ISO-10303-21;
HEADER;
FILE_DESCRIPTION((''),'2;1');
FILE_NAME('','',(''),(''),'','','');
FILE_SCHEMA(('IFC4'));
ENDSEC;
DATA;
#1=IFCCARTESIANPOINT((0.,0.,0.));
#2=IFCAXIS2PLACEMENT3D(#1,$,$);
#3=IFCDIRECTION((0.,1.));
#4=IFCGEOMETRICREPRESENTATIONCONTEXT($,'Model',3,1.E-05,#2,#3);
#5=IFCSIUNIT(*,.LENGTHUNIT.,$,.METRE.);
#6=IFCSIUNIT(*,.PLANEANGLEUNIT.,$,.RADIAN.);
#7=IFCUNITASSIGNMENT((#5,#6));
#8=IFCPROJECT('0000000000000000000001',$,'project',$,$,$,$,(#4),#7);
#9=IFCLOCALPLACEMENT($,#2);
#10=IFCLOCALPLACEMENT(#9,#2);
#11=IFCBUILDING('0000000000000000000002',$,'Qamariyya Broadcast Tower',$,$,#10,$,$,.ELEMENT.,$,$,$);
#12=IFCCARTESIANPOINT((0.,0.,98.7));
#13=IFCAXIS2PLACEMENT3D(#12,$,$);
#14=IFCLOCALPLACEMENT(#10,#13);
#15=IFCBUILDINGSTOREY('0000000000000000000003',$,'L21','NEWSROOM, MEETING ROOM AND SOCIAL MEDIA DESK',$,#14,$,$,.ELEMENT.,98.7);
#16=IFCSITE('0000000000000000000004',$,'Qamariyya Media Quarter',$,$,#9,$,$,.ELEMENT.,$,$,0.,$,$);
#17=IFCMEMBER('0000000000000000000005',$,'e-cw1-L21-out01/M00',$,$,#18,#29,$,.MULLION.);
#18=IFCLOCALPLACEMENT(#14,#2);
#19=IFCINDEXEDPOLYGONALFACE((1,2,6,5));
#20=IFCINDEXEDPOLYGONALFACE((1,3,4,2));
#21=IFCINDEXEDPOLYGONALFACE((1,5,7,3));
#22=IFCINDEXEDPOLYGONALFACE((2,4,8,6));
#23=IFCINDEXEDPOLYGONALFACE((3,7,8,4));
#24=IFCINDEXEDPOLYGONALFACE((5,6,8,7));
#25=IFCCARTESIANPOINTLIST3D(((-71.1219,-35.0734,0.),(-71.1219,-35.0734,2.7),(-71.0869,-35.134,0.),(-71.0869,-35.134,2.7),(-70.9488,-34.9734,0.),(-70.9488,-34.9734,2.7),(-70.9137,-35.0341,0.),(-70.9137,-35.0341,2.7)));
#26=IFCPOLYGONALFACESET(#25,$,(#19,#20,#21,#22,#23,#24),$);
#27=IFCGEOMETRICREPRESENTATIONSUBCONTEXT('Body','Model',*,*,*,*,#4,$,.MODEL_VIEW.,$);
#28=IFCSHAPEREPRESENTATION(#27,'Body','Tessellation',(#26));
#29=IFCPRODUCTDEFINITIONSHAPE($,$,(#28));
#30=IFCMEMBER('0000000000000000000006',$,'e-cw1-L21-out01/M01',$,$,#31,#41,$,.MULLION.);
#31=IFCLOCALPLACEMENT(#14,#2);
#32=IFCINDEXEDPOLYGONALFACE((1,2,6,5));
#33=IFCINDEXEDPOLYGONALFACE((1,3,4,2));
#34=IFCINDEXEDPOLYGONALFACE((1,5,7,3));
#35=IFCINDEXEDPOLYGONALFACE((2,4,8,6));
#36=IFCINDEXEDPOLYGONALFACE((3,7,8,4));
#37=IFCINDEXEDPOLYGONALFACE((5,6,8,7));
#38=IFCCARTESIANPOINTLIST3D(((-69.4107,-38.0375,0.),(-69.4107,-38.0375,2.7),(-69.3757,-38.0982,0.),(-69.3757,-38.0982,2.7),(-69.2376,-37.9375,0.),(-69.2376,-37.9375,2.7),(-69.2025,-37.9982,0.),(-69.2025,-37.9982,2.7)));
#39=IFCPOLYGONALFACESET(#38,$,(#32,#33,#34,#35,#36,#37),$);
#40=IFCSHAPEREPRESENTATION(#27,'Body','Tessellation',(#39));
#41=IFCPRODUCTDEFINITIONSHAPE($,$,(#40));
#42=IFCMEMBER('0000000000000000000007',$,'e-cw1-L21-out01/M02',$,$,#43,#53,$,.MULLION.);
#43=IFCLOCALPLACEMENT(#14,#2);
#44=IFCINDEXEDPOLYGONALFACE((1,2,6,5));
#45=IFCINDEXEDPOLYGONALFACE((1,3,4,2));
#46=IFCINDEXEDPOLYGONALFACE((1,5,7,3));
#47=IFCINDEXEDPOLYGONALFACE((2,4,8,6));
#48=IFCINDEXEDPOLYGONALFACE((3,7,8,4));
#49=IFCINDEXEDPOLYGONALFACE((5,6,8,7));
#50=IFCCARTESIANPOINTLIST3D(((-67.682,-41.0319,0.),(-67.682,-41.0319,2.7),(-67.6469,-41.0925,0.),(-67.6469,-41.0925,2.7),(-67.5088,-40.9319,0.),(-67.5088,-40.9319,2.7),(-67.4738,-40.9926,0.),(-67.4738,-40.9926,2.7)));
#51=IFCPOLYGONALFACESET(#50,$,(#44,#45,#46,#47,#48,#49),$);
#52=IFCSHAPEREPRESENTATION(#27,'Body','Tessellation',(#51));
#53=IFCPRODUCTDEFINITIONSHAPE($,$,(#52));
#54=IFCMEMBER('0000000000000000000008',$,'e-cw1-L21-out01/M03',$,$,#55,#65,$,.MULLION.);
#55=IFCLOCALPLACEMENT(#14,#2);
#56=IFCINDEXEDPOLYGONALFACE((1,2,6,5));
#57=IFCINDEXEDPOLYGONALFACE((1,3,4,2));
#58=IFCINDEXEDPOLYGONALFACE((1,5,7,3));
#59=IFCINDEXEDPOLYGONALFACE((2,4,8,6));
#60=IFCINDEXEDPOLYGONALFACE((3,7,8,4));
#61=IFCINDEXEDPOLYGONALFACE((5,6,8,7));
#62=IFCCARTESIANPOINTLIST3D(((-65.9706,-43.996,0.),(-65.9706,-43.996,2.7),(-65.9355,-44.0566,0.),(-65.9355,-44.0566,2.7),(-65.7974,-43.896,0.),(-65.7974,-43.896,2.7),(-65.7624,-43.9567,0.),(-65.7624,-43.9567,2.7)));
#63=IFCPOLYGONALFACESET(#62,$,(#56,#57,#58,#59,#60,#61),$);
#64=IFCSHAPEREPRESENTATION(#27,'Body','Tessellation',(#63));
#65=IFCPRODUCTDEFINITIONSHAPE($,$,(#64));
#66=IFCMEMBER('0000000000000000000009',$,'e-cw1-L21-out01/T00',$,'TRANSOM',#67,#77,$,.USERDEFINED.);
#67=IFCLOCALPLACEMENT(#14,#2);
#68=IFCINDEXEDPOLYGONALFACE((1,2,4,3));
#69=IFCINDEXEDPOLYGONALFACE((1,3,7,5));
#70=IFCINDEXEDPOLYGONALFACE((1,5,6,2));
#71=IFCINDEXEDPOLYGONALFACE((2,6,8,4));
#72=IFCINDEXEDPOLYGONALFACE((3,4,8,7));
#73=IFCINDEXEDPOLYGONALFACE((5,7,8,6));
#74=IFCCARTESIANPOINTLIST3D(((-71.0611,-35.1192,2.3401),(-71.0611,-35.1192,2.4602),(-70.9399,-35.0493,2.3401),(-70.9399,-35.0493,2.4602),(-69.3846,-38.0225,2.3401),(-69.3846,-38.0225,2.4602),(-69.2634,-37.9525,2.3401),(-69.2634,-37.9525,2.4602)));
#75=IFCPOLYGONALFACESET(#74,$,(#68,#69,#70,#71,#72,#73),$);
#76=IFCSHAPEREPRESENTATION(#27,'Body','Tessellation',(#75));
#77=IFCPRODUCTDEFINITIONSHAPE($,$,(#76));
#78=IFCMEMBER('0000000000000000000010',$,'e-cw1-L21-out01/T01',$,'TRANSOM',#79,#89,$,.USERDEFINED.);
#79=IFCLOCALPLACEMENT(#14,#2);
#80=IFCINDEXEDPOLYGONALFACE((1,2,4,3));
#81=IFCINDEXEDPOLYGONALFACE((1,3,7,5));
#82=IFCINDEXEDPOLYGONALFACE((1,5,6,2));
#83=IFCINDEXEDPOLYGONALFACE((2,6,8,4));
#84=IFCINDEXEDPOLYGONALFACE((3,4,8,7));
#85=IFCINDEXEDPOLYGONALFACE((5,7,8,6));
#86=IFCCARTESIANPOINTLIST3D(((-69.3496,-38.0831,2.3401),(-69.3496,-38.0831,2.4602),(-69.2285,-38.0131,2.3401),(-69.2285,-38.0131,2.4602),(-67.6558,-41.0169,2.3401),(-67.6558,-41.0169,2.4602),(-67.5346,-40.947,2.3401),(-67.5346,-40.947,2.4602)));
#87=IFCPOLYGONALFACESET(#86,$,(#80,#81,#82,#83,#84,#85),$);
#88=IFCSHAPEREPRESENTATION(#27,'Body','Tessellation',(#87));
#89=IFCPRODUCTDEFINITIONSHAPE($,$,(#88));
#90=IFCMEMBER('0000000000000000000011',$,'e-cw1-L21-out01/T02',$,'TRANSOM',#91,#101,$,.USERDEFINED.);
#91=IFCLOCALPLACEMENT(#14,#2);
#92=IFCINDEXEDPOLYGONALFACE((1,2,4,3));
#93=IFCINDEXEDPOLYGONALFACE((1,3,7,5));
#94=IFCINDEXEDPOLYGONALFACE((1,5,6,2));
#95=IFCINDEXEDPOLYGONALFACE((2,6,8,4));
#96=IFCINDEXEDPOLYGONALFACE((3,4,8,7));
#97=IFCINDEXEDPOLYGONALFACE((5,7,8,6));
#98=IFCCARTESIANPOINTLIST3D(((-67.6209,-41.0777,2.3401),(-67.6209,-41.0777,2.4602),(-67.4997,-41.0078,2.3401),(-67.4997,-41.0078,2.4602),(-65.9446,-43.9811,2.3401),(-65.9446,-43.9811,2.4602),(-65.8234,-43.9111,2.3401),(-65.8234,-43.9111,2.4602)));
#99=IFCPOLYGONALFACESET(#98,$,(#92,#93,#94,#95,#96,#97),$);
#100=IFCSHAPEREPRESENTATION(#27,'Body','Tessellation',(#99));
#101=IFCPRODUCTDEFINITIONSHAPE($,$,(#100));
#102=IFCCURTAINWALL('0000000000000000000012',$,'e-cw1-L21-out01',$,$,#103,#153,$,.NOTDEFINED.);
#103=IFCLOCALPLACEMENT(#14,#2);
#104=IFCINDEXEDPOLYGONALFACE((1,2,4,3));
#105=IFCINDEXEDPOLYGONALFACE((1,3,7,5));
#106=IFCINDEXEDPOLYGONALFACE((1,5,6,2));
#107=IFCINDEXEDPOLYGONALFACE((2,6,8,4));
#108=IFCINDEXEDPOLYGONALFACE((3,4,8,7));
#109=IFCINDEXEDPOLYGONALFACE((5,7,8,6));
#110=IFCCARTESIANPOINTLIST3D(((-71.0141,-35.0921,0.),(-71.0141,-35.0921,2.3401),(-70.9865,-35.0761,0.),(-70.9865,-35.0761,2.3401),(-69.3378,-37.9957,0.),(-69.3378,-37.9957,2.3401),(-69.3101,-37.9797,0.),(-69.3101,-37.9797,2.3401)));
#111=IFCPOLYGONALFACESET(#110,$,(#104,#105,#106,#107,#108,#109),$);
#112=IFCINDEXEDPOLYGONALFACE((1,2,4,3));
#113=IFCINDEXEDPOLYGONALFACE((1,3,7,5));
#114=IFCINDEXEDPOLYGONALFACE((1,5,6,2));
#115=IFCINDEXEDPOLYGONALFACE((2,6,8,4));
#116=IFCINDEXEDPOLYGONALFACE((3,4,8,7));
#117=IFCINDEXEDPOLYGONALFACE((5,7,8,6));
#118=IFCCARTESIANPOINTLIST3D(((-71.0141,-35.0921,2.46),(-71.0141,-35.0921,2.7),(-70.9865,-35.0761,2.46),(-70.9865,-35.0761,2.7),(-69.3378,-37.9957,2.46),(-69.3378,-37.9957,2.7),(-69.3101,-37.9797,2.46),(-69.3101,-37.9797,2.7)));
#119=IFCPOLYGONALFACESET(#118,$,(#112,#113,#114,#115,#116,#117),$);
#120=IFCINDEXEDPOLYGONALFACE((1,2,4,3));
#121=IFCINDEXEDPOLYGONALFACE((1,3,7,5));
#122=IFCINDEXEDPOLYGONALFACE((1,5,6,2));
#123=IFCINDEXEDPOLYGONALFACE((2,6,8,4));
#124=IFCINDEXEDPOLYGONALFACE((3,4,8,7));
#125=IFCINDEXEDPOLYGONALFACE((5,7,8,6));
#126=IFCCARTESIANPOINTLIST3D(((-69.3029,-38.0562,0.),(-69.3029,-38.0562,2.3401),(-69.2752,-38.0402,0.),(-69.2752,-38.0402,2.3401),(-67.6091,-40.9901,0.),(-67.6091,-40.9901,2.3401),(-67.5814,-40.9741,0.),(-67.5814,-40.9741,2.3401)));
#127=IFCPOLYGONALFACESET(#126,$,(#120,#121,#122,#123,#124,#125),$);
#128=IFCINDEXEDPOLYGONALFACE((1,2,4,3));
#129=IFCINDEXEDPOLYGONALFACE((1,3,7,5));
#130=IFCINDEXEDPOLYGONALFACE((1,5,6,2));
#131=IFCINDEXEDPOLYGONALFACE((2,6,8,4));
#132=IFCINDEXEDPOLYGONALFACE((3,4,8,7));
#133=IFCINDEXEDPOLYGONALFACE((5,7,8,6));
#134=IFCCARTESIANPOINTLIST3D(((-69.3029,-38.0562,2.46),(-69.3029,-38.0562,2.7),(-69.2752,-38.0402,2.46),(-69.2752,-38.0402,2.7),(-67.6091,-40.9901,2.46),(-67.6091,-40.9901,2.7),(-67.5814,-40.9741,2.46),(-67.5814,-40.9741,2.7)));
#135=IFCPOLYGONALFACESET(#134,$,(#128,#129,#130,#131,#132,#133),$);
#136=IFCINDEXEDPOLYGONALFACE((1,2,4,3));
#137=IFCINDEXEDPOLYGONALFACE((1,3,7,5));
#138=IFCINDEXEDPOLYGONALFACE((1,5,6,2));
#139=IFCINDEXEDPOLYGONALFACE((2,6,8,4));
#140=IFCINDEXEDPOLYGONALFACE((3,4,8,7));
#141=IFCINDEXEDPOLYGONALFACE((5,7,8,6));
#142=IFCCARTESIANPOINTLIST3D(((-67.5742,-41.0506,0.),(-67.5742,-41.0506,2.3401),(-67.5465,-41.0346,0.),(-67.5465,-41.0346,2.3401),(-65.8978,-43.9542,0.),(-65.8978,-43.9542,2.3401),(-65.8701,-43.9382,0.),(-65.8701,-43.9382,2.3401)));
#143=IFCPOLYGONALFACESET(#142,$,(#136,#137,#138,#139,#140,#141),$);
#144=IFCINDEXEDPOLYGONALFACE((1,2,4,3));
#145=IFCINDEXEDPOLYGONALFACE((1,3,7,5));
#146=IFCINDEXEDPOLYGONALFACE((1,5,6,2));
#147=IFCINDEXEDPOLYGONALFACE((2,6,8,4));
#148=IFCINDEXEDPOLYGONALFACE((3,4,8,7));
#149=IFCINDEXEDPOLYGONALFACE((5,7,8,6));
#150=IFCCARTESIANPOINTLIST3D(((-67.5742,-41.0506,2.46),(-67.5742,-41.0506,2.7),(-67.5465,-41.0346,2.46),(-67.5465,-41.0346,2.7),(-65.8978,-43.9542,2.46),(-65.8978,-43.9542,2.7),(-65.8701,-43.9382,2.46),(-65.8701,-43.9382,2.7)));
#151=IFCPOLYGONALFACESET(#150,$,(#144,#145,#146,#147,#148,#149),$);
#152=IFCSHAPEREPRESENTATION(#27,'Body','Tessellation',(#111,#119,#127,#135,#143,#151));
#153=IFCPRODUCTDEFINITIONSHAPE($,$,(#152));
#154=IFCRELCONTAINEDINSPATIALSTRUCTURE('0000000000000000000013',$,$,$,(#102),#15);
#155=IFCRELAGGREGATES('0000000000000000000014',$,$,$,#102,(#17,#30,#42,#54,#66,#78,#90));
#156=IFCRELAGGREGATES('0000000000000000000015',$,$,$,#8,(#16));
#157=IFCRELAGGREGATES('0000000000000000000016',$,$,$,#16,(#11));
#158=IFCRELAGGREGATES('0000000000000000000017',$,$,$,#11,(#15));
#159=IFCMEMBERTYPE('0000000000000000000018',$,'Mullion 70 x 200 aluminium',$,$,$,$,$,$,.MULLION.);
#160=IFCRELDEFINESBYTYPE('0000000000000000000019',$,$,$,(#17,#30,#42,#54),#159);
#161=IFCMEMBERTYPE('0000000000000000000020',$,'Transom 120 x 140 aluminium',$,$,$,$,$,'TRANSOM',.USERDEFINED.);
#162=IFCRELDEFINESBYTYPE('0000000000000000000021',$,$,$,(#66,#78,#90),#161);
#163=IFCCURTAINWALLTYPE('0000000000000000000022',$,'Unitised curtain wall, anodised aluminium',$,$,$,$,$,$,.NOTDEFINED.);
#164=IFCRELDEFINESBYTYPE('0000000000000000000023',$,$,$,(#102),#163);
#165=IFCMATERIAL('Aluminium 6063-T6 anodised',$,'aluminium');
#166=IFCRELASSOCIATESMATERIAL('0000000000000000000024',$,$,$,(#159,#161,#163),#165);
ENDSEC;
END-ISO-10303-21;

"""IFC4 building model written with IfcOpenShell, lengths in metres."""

from ifc_helpers import new_model, si_unit, direction, frame, origin, origin_2d, place, context, subcontext, project, spatial, rectangle, extrude, material, material_profile, profile_set, type_object, element, aggregate, save


model = new_model("IFC4")

# Units and contexts
model_context = context("Model", 3, precision=1e-05, world=origin(), true_north=direction((0.0, 1.0)))
body_context = subcontext(model_context, "Body", "Model", "MODEL_VIEW")
ifc_project = project(units=[si_unit("LENGTHUNIT", "METRE"), si_unit("PLANEANGLEUNIT", "RADIAN")], contexts=[model_context])

# Members
ifc_material_1 = material(Name="Aluminium 6063-T6 anodised", Category="aluminium")
ifc_material_profile_1 = material_profile(ifc_material_1, rectangle(XDim=0.2, YDim=0.0701, at=origin_2d()))
ifc_profile_set_1 = profile_set([ifc_material_profile_1], Name="Aluminium 6063-T6 anodised")
member_type_1 = type_object("IfcMemberType", Name="Mullion 70 x 200 aluminium", PredefinedType="MULLION", material=ifc_profile_set_1)
site_placement = place(None, origin())
building_placement = place(site_placement, origin())
storey_placement = place(building_placement, frame((0.0, 0.0, 98.7)))
member_1_placement = place(storey_placement, frame((-71.0178, -35.0537, 0.0), z_axis=(0.0, 0.0, 1.0), x_axis=(0.866025, 0.5, 0.0)))
member_1 = element("IfcMember", 1, at=member_1_placement, type_object=member_type_1, Name="e-cw1-L21-out01/M00", PredefinedType="MULLION", context=body_context, shape_type="SweptSolid", body=[
    extrude(rectangle(XDim=0.2, YDim=0.0701, at=origin_2d()), origin(), (0.0, 0.0, 1.0), 2.7),
])
member_2_placement = place(storey_placement, frame((-69.3066, -38.0178, 0.0), z_axis=(0.0, 0.0, 1.0), x_axis=(0.866025, 0.5, 0.0)))
member_2 = element("IfcMember", 2, at=member_2_placement, type_object=member_type_1, Name="e-cw1-L21-out01/M01", PredefinedType="MULLION", context=body_context, shape_type="SweptSolid", body=[
    extrude(rectangle(XDim=0.2, YDim=0.0701, at=origin_2d()), origin(), (0.0, 0.0, 1.0), 2.7),
])
member_3_placement = place(storey_placement, frame((-67.5779, -41.0122, 0.0), z_axis=(0.0, 0.0, 1.0), x_axis=(0.866025, 0.5, 0.0)))
member_3 = element("IfcMember", 3, at=member_3_placement, type_object=member_type_1, Name="e-cw1-L21-out01/M02", PredefinedType="MULLION", context=body_context, shape_type="SweptSolid", body=[
    extrude(rectangle(XDim=0.2, YDim=0.0701, at=origin_2d()), origin(), (0.0, 0.0, 1.0), 2.7),
])
member_4_placement = place(storey_placement, frame((-65.8665, -43.9763, 0.0), z_axis=(0.0, 0.0, 1.0), x_axis=(0.866025, 0.5, 0.0)))
member_4 = element("IfcMember", 4, at=member_4_placement, type_object=member_type_1, Name="e-cw1-L21-out01/M03", PredefinedType="MULLION", context=body_context, shape_type="SweptSolid", body=[
    extrude(rectangle(XDim=0.2, YDim=0.0701, at=origin_2d()), origin(), (0.0, 0.0, 1.0), 2.7),
])
ifc_material_profile_2 = material_profile(ifc_material_1, rectangle(XDim=0.1399, YDim=0.1201, at=origin_2d()))
ifc_profile_set_2 = profile_set([ifc_material_profile_2], Name="Aluminium 6063-T6 anodised")
member_type_2 = type_object("IfcMemberType", Name="Transom 120 x 140 aluminium", ElementType="TRANSOM", PredefinedType="USERDEFINED", material=ifc_profile_set_2)
member_5_placement = place(storey_placement, frame((-71.0005, -35.0842, 2.4001), z_axis=(0.500063, -0.865989, 0.0), x_axis=(0.865989, 0.500063, 0.0)))
member_5 = element("IfcMember", 5, at=member_5_placement, type_object=member_type_2, Name="e-cw1-L21-out01/T00", ObjectType="TRANSOM", PredefinedType="USERDEFINED", context=body_context, shape_type="SweptSolid", body=[
    extrude(rectangle(XDim=0.1399, YDim=0.1201, at=origin_2d()), origin(), (0.0, 0.0, 1.0), 3.3525),
])
member_6_placement = place(storey_placement, frame((-69.2891, -38.0481, 2.4001), z_axis=(0.499999, -0.866026, 0.0), x_axis=(0.866026, 0.499999, 0.0)))
member_6 = element("IfcMember", 6, at=member_6_placement, type_object=member_type_2, Name="e-cw1-L21-out01/T01", ObjectType="TRANSOM", PredefinedType="USERDEFINED", context=body_context, shape_type="SweptSolid", body=[
    extrude(rectangle(XDim=0.1399, YDim=0.1201, at=origin_2d()), origin(), (0.0, 0.0, 1.0), 3.3877),
])
member_7_placement = place(storey_placement, frame((-67.5603, -41.0427, 2.4001), z_axis=(0.500008, -0.866021, 0.0), x_axis=(0.866021, 0.500008, 0.0)))
member_7 = element("IfcMember", 7, at=member_7_placement, type_object=member_type_2, Name="e-cw1-L21-out01/T02", ObjectType="TRANSOM", PredefinedType="USERDEFINED", context=body_context, shape_type="SweptSolid", body=[
    extrude(rectangle(XDim=0.1399, YDim=0.1201, at=origin_2d()), origin(), (0.0, 0.0, 1.0), 3.3525),
])

# Site, building, storey
site = spatial("IfcSite", under=ifc_project, at=site_placement, Name="Qamariyya Media Quarter", CompositionType="ELEMENT", RefElevation=0.0)
building = spatial("IfcBuilding", under=site, at=building_placement, Name="Qamariyya Broadcast Tower", CompositionType="ELEMENT")
storey = spatial("IfcBuildingStorey", under=building, at=storey_placement, Name="L21", Description="NEWSROOM, MEETING ROOM AND SOCIAL MEDIA DESK", CompositionType="ELEMENT", Elevation=98.7)

# Curtain wall
curtain_wall_type = type_object("IfcCurtainWallType", Name="Unitised curtain wall, anodised aluminium", PredefinedType="NOTDEFINED", material=ifc_material_1)
curtain_wall_1_placement = place(storey_placement, origin())
curtain_wall_1 = element("IfcCurtainWall", 8, at=curtain_wall_1_placement, inside=storey, type_object=curtain_wall_type, Name="e-cw1-L21-out01", PredefinedType="NOTDEFINED", context=body_context, shape_type="SweptSolid", body=[
    extrude(rectangle(XDim=3.3528, YDim=0.032, at=origin_2d()), frame((-70.1621, -36.5359, 0.0), x_axis=(0.499997, -0.866027, 0.0)), (0.0, 0.0, 1.0), 2.3401),
    extrude(rectangle(XDim=3.3528, YDim=0.032, at=origin_2d()), frame((-70.1621, -36.5359, 2.46), x_axis=(0.499997, -0.866027, 0.0)), (0.0, 0.0, 1.0), 0.24),
    extrude(rectangle(XDim=3.3877, YDim=0.032, at=origin_2d()), frame((-68.4421, -39.5151, 0.0), x_axis=(0.499997, -0.866027, 0.0)), (0.0, 0.0, 1.0), 2.3401),
    extrude(rectangle(XDim=3.3877, YDim=0.032, at=origin_2d()), frame((-68.4421, -39.5151, 2.46), x_axis=(0.499997, -0.866027, 0.0)), (0.0, 0.0, 1.0), 0.24),
    extrude(rectangle(XDim=3.3528, YDim=0.032, at=origin_2d()), frame((-66.7222, -42.4944, 0.0), x_axis=(0.499997, -0.866027, 0.0)), (0.0, 0.0, 1.0), 2.3401),
    extrude(rectangle(XDim=3.3528, YDim=0.032, at=origin_2d()), frame((-66.7222, -42.4944, 2.46), x_axis=(0.499997, -0.866027, 0.0)), (0.0, 0.0, 1.0), 0.24),
])
aggregate(curtain_wall_1, [member_1, member_2, member_3, member_4, member_5, member_6, member_7])

save(model, "model.ifc")
